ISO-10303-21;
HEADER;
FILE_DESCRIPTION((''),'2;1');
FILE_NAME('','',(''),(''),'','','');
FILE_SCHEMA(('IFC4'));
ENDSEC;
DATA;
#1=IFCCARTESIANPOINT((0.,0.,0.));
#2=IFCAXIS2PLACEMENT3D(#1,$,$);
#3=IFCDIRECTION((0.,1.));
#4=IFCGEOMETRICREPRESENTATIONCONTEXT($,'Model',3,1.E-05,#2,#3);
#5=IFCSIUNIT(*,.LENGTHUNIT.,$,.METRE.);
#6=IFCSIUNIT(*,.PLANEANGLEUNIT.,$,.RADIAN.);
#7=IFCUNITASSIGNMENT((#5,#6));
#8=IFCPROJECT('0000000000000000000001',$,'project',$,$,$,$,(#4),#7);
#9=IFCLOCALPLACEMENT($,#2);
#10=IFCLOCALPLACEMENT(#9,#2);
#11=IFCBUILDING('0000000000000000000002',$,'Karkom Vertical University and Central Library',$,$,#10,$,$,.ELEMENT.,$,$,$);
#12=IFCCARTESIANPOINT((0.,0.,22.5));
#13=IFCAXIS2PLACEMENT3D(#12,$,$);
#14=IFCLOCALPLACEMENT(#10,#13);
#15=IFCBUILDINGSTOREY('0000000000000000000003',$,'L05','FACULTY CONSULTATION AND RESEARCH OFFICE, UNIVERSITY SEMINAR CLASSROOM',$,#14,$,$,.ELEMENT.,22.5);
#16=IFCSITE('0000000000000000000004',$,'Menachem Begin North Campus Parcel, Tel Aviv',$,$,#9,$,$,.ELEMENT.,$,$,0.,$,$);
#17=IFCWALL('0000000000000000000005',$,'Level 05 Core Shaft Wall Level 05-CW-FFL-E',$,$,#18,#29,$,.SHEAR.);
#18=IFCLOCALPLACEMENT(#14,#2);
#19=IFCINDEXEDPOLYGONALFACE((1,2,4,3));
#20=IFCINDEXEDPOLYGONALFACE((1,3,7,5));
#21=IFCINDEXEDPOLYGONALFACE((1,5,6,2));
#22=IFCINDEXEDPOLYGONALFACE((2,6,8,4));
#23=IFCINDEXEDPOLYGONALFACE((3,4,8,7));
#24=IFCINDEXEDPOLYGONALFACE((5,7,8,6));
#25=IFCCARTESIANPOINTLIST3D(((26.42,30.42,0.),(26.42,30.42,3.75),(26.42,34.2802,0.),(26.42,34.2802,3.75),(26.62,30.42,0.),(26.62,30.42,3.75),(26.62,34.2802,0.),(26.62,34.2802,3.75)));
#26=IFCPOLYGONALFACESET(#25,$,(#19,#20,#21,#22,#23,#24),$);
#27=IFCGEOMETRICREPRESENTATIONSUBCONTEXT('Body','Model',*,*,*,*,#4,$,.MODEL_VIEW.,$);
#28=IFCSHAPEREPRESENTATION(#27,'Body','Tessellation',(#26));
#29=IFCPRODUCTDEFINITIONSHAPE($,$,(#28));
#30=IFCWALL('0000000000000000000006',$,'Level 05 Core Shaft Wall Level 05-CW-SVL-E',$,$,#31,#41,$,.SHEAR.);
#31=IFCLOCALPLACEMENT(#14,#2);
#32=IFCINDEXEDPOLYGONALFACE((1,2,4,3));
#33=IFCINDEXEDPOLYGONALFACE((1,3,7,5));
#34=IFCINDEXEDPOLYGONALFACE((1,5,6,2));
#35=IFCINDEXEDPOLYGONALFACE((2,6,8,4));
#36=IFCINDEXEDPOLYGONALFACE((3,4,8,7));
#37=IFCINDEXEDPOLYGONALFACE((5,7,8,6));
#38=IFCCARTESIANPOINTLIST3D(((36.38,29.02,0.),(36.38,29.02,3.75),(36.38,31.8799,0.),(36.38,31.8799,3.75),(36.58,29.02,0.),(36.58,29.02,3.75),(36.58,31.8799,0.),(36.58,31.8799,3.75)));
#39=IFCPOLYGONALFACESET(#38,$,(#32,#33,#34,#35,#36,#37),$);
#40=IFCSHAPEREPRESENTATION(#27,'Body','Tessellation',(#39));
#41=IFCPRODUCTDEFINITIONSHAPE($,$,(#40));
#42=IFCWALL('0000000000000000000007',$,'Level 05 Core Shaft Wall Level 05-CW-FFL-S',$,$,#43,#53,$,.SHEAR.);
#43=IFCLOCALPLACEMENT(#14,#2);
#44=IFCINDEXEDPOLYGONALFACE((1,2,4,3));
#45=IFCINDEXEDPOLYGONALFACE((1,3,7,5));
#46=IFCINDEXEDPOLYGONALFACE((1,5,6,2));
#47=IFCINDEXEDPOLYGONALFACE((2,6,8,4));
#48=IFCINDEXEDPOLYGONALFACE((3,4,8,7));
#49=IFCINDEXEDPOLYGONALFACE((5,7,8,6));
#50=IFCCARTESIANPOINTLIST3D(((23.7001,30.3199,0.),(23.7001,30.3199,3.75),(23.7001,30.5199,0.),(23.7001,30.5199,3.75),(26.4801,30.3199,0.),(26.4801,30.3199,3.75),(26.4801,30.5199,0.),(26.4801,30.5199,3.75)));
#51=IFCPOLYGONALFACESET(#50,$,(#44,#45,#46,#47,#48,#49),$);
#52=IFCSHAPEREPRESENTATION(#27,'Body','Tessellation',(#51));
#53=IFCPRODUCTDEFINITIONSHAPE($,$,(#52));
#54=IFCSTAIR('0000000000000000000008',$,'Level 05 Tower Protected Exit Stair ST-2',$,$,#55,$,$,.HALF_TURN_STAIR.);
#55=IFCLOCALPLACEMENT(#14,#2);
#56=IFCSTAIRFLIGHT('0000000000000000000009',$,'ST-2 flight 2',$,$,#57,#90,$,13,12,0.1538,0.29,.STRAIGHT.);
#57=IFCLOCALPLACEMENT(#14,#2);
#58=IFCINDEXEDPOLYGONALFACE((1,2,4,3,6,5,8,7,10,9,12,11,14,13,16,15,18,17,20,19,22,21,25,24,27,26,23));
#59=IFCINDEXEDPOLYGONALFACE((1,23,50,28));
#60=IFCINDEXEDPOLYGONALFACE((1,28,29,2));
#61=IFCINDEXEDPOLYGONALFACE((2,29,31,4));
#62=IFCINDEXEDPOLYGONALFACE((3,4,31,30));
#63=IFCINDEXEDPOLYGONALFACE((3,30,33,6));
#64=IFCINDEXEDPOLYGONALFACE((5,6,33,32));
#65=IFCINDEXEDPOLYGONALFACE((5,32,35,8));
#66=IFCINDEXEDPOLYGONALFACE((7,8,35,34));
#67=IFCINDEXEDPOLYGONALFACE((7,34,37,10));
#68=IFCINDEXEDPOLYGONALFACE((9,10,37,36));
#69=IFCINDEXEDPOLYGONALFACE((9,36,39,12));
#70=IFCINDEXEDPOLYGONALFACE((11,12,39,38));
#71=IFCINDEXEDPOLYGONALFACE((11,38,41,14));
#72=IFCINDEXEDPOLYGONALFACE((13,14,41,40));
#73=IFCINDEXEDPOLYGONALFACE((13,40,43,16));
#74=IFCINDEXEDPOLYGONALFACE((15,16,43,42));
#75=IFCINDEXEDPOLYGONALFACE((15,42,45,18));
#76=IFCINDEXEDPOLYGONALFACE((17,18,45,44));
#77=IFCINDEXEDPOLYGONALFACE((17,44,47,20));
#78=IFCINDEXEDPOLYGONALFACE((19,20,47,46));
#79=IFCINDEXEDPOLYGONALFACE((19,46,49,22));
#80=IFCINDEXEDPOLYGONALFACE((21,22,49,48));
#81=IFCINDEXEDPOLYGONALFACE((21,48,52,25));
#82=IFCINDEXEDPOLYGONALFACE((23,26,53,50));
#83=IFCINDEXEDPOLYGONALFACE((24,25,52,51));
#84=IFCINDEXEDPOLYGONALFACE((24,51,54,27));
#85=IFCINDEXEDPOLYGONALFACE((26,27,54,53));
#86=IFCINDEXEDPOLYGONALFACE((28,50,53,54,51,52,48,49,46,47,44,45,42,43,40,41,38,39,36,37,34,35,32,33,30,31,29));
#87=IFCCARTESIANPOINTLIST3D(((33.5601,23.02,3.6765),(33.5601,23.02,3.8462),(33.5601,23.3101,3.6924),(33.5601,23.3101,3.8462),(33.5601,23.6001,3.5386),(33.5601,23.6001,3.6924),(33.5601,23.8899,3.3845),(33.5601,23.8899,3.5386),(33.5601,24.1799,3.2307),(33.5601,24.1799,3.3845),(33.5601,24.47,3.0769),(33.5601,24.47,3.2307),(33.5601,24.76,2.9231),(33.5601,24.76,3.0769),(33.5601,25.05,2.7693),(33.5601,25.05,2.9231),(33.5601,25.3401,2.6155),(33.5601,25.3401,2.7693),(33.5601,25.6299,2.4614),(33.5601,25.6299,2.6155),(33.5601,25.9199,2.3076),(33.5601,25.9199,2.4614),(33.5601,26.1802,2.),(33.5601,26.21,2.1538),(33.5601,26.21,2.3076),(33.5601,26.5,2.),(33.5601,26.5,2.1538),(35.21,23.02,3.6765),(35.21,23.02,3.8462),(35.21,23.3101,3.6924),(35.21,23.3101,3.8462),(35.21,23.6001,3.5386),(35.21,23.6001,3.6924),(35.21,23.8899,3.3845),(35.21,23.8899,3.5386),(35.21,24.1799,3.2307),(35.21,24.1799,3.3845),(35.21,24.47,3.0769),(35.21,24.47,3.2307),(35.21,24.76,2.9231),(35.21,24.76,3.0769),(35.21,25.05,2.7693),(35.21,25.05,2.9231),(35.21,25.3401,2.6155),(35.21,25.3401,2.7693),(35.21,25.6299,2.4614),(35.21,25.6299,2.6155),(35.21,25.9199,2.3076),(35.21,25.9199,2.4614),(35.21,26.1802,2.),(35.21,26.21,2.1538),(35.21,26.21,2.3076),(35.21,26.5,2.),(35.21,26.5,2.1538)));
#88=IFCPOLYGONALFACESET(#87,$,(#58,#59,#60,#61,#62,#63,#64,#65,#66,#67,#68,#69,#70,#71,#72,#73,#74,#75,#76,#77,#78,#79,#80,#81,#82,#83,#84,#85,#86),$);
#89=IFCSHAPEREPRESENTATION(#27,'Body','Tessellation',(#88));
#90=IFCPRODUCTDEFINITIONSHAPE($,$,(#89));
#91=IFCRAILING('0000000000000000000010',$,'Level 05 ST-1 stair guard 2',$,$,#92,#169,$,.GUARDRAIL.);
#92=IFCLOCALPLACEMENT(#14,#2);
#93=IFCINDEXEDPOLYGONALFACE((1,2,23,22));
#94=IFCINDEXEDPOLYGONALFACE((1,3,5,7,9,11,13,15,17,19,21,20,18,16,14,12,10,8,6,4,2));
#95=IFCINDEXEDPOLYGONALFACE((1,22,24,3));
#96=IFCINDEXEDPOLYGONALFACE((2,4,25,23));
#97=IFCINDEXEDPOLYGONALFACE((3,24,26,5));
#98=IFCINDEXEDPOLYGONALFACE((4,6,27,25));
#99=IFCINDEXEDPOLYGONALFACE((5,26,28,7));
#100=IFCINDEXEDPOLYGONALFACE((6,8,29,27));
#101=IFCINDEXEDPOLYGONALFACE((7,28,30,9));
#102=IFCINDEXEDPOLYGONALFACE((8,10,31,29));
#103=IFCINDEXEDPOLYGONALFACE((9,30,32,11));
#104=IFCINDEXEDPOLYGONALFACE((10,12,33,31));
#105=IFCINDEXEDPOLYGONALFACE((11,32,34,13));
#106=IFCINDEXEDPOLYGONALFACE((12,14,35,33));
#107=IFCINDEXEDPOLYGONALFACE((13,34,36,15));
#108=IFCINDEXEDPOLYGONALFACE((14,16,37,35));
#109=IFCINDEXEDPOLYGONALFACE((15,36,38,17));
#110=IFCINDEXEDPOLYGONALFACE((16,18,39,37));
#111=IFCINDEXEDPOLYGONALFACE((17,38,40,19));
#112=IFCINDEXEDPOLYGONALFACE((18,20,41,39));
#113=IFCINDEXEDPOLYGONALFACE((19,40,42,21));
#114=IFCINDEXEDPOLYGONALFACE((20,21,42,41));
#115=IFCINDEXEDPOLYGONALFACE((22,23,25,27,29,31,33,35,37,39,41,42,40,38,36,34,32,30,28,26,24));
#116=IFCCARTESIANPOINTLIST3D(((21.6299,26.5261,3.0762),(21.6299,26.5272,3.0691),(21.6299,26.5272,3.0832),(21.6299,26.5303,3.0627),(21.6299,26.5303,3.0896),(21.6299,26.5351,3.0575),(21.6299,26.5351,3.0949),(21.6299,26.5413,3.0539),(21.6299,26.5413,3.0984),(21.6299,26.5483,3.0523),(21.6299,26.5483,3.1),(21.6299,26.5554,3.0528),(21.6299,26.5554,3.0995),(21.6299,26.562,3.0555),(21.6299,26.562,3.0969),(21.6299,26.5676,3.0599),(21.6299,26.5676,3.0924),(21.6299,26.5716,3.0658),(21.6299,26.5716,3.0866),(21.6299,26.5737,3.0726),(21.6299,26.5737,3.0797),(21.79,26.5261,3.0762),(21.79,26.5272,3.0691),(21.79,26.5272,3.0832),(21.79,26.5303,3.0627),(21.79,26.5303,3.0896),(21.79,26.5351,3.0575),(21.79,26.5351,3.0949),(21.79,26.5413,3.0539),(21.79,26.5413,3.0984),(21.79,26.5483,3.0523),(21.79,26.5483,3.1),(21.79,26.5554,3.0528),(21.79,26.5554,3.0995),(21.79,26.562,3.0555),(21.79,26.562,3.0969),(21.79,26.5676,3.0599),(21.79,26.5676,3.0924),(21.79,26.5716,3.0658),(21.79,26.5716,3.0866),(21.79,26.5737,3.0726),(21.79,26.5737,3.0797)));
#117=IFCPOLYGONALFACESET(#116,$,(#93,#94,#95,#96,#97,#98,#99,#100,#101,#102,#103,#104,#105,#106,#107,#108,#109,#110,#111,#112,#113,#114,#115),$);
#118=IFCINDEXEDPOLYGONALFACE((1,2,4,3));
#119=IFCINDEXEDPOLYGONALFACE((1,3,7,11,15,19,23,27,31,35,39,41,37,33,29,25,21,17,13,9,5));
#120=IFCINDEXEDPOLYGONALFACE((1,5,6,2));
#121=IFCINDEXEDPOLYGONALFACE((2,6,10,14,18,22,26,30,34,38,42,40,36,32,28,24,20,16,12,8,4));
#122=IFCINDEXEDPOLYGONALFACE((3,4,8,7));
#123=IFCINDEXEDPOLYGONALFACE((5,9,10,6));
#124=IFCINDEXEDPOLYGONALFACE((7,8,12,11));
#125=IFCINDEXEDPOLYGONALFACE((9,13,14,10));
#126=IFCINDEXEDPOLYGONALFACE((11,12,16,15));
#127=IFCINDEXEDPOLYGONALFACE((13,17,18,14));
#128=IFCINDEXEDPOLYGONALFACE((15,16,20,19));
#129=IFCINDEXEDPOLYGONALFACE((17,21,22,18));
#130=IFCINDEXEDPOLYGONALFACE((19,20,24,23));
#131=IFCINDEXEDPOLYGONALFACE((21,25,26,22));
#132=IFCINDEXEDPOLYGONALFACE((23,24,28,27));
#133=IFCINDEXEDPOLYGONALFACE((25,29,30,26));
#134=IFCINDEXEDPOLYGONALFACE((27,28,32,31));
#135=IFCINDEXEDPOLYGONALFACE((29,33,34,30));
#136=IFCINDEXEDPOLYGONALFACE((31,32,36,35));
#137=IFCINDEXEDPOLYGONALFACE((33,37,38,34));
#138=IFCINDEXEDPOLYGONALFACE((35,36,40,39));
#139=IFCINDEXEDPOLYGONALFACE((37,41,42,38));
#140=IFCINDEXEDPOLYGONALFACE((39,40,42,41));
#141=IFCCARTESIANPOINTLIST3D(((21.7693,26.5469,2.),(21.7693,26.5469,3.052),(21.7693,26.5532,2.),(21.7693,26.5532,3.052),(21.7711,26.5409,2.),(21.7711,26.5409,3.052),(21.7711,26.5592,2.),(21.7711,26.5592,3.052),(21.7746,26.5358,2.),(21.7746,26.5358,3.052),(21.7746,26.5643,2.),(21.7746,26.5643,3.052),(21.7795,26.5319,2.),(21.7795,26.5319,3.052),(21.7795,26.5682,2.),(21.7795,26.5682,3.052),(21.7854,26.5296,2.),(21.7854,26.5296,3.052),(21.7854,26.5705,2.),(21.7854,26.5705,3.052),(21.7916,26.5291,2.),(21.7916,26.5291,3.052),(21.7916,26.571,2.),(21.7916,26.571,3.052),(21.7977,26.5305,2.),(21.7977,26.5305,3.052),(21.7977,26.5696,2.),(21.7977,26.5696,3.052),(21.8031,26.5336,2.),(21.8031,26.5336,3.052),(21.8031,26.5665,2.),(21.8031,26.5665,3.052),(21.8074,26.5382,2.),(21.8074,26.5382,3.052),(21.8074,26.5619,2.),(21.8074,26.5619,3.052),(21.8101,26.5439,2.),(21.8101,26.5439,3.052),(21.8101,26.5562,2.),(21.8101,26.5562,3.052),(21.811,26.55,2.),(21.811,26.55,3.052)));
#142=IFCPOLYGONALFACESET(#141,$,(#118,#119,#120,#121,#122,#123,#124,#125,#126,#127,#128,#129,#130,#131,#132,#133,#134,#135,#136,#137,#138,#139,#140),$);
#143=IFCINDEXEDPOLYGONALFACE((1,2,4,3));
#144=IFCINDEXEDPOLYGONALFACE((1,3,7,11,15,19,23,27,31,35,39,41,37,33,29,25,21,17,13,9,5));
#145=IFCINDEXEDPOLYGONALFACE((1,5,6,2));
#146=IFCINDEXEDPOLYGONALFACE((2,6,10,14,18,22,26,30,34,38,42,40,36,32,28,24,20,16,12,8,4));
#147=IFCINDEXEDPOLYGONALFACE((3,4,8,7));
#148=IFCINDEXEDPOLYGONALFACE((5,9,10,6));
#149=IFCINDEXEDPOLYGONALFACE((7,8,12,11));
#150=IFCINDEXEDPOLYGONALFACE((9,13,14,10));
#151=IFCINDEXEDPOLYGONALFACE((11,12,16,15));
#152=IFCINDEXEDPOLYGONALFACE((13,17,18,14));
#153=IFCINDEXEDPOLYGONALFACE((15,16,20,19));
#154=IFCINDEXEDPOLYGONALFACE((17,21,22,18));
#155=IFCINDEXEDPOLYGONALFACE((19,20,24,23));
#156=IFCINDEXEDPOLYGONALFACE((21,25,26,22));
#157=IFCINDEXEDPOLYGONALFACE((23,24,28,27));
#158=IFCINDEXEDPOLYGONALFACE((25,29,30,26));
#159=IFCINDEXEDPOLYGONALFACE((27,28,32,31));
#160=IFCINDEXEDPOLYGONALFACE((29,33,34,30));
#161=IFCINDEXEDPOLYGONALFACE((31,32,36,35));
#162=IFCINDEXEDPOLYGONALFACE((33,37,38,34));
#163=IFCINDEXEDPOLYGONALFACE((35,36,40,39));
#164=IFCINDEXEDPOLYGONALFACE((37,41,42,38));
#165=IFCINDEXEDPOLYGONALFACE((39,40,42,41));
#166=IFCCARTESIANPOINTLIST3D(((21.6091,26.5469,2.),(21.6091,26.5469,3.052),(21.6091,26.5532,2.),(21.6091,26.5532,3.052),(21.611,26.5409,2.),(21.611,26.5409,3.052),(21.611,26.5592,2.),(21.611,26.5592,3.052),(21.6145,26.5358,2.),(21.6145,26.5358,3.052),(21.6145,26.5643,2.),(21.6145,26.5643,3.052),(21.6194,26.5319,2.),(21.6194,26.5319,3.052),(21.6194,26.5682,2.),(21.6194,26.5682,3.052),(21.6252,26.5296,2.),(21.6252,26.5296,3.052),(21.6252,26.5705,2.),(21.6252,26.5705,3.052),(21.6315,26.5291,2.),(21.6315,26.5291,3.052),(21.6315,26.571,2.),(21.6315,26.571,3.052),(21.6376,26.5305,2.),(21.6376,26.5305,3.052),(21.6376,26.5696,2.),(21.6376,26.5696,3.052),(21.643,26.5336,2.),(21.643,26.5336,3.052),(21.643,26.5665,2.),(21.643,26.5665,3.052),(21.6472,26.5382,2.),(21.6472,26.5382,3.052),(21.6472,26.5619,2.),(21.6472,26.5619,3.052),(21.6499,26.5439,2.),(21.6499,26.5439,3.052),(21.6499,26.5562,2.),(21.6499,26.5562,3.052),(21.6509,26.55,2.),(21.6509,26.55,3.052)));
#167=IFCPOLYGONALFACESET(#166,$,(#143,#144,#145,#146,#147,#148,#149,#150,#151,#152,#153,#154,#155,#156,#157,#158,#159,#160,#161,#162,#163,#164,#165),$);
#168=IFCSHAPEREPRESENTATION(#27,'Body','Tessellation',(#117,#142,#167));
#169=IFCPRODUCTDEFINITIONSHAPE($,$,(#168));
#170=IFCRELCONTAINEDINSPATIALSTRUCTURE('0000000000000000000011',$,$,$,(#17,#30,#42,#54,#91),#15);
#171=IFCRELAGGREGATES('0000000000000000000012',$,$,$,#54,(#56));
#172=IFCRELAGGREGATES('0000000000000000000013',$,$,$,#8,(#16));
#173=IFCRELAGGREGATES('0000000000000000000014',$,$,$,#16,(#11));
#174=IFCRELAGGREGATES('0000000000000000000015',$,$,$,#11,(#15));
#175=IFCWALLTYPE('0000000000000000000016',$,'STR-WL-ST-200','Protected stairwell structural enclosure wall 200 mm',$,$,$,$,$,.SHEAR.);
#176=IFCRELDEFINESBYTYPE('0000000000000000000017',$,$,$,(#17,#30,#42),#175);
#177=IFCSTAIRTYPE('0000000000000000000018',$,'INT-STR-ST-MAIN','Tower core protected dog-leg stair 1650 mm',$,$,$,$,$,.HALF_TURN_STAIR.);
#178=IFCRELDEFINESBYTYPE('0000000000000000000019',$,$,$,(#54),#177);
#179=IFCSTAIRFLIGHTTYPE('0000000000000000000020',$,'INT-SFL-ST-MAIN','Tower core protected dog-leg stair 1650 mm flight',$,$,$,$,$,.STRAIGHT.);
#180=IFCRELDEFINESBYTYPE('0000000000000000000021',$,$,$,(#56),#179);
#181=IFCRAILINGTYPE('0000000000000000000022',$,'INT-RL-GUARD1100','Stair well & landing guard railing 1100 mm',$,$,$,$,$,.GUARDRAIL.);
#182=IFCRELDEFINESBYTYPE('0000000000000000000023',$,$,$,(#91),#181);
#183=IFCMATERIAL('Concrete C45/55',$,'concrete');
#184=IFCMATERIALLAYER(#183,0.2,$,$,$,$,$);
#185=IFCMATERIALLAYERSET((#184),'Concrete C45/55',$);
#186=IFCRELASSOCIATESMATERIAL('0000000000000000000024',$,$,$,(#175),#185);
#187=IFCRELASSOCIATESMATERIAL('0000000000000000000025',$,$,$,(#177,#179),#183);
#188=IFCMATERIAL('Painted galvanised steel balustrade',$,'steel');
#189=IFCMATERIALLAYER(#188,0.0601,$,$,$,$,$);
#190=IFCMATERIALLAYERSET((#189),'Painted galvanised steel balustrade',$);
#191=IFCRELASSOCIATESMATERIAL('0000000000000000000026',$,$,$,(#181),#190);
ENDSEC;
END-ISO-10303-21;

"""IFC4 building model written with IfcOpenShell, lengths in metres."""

from ifc_helpers import new_model, si_unit, direction, frame, frame_2d, origin, origin_2d, place, context, subcontext, project, spatial, polyline, rectangle, circle, outline, extrude, material, layer, layer_set, type_object, element, aggregate, save


model = new_model("IFC4")

# Units and contexts
model_context = context("Model", 3, precision=1e-05, world=origin(), true_north=direction((0.0, 1.0)))
body_context = subcontext(model_context, "Body", "Model", "MODEL_VIEW")
ifc_project = project(units=[si_unit("LENGTHUNIT", "METRE"), si_unit("PLANEANGLEUNIT", "RADIAN")], contexts=[model_context])

# Site, building, storey
site_placement = place(None, origin())
site = spatial("IfcSite", under=ifc_project, at=site_placement, Name="Menachem Begin North Campus Parcel, Tel Aviv", CompositionType="ELEMENT", RefElevation=0.0)
building_placement = place(site_placement, origin())
building = spatial("IfcBuilding", under=site, at=building_placement, Name="Karkom Vertical University and Central Library", CompositionType="ELEMENT")
storey_placement = place(building_placement, frame((0.0, 0.0, 22.5)))
storey = spatial("IfcBuildingStorey", under=building, at=storey_placement, Name="L05", Description="FACULTY CONSULTATION AND RESEARCH OFFICE, UNIVERSITY SEMINAR CLASSROOM", CompositionType="ELEMENT", Elevation=22.5)

# Walls
ifc_material_1 = material(Name="Concrete C45/55", Category="concrete")
ifc_layer_1 = layer(ifc_material_1, 0.2)
ifc_layer_set_1 = layer_set([ifc_layer_1], Name="Concrete C45/55")
wall_type_1 = type_object("IfcWallType", Name="STR-WL-ST-200", Description="Protected stairwell structural enclosure wall 200 mm", PredefinedType="SHEAR", material=ifc_layer_set_1)
wall_1_placement = place(storey_placement, frame((26.52, 30.4199, 0.0), z_axis=(0.0, 0.0, 1.0), x_axis=(0.0, 1.0, 0.0)))
element("IfcWall", 1, at=wall_1_placement, inside=storey, type_object=wall_type_1, Name="Level 05 Core Shaft Wall Level 05-CW-FFL-E", PredefinedType="SHEAR", context=body_context, shape_type="SweptSolid", body=[
    extrude(rectangle(XDim=3.8601, YDim=0.2, at=frame_2d((1.9302, 0.0))), origin(), (0.0, 0.0, 1.0), 3.75),
])
wall_2_placement = place(storey_placement, frame((36.48, 29.02, 0.0), z_axis=(0.0, 0.0, 1.0), x_axis=(0.0, 1.0, 0.0)))
element("IfcWall", 2, at=wall_2_placement, inside=storey, type_object=wall_type_1, Name="Level 05 Core Shaft Wall Level 05-CW-SVL-E", PredefinedType="SHEAR", context=body_context, shape_type="SweptSolid", body=[
    extrude(rectangle(XDim=2.8599, YDim=0.2, at=frame_2d((1.4299, 0.0))), origin(), (0.0, 0.0, 1.0), 3.75),
])
wall_3_placement = place(storey_placement, frame((23.7, 30.4199, 0.0), z_axis=(0.0, 0.0, 1.0), x_axis=(1.0, 0.0, 0.0)))
element("IfcWall", 3, at=wall_3_placement, inside=storey, type_object=wall_type_1, Name="Level 05 Core Shaft Wall Level 05-CW-FFL-S", PredefinedType="SHEAR", context=body_context, shape_type="SweptSolid", body=[
    extrude(rectangle(XDim=2.78, YDim=0.2, at=frame_2d((1.3901, 0.0))), origin(), (0.0, 0.0, 1.0), 3.75),
])

# Stair, stair flight
stair_type = type_object("IfcStairType", Name="INT-STR-ST-MAIN", Description="Tower core protected dog-leg stair 1650 mm", PredefinedType="HALF_TURN_STAIR", material=ifc_material_1)
stair_placement = place(storey_placement, origin())
stair = element("IfcStair", 4, at=stair_placement, inside=storey, type_object=stair_type, Name="Level 05 Tower Protected Exit Stair ST-2", PredefinedType="HALF_TURN_STAIR")
stair_flight_type = type_object("IfcStairFlightType", Name="INT-SFL-ST-MAIN", Description="Tower core protected dog-leg stair 1650 mm flight", PredefinedType="STRAIGHT", material=ifc_material_1)
stair_flight_placement = place(storey_placement, frame((34.385, 26.5, 2.0), z_axis=(0.0, 0.0, 1.0), x_axis=(0.0, -1.0, 0.0)))
stair_flight = element("IfcStairFlight", 5, at=stair_flight_placement, type_object=stair_flight_type, Name="ST-2 flight 2", NumberOfRisers=13, NumberOfTreads=12, PredefinedType="STRAIGHT", RiserHeight=0.1538, TreadLength=0.29, context=body_context, shape_type="SweptSolid", body=[
    extrude(outline(polyline([(0.0, 0.0), (0.0, 0.1538), (0.29, 0.1538), (0.29, 0.3076), (0.5801, 0.3076), (0.5801, 0.4614), (0.8701, 0.4614), (0.8701, 0.6155), (1.1599, 0.6155), (1.1599, 0.7693), (1.45, 0.7693), (1.45, 0.9231), (1.74, 0.9231), (1.74, 1.0769), (2.03, 1.0769), (2.03, 1.2307), (2.3201, 1.2307), (2.3201, 1.3845), (2.6101, 1.3845), (2.6101, 1.5386), (2.8999, 1.5386), (2.8999, 1.6924), (3.1899, 1.6924), (3.1899, 1.8462), (3.48, 1.8462), (3.48, 2.0), (3.48, 1.6765), (0.3198, 0.0), (0.0, 0.0)])), frame((0.0, 0.825, 0.0), z_axis=(0.0, -1.0, 0.0), x_axis=(1.0, 0.0, 0.0)), (0.0, 0.0, 1.0), 1.6499),
])
aggregate(stair, [stair_flight])

# Railing
ifc_material_2 = material(Name="Painted galvanised steel balustrade", Category="steel")
ifc_layer_2 = layer(ifc_material_2, 0.0601)
ifc_layer_set_2 = layer_set([ifc_layer_2], Name="Painted galvanised steel balustrade")
railing_type_1 = type_object("IfcRailingType", Name="INT-RL-GUARD1100", Description="Stair well & landing guard railing 1100 mm", PredefinedType="GUARDRAIL", material=ifc_layer_set_2)
for number, where, name in (
    (6, (21.79, 26.55, 2.0), "Level 05 ST-1 stair guard 2"),
):
    element("IfcRailing", number, at=place(storey_placement, frame(where)), inside=storey, type_object=railing_type_1, Name=name, PredefinedType="GUARDRAIL", context=body_context, shape_type="SweptSolid", body=[
        extrude(circle(Radius=0.0239, at=origin_2d()), frame((0.0, 0.0, 1.0762), z_axis=(-1.0, 0.0, 0.0), x_axis=(0.0, -1.0, 0.0)), (0.0, 0.0, 1.0), 0.1602),
        extrude(circle(Radius=0.021, at=origin_2d()), origin(), (0.0, 0.0, 1.0), 1.052),
        extrude(circle(Radius=0.021, at=origin_2d()), frame((-0.1602, 0.0, 0.0)), (0.0, 0.0, 1.0), 1.052),
    ])

save(model, "model.ifc")
